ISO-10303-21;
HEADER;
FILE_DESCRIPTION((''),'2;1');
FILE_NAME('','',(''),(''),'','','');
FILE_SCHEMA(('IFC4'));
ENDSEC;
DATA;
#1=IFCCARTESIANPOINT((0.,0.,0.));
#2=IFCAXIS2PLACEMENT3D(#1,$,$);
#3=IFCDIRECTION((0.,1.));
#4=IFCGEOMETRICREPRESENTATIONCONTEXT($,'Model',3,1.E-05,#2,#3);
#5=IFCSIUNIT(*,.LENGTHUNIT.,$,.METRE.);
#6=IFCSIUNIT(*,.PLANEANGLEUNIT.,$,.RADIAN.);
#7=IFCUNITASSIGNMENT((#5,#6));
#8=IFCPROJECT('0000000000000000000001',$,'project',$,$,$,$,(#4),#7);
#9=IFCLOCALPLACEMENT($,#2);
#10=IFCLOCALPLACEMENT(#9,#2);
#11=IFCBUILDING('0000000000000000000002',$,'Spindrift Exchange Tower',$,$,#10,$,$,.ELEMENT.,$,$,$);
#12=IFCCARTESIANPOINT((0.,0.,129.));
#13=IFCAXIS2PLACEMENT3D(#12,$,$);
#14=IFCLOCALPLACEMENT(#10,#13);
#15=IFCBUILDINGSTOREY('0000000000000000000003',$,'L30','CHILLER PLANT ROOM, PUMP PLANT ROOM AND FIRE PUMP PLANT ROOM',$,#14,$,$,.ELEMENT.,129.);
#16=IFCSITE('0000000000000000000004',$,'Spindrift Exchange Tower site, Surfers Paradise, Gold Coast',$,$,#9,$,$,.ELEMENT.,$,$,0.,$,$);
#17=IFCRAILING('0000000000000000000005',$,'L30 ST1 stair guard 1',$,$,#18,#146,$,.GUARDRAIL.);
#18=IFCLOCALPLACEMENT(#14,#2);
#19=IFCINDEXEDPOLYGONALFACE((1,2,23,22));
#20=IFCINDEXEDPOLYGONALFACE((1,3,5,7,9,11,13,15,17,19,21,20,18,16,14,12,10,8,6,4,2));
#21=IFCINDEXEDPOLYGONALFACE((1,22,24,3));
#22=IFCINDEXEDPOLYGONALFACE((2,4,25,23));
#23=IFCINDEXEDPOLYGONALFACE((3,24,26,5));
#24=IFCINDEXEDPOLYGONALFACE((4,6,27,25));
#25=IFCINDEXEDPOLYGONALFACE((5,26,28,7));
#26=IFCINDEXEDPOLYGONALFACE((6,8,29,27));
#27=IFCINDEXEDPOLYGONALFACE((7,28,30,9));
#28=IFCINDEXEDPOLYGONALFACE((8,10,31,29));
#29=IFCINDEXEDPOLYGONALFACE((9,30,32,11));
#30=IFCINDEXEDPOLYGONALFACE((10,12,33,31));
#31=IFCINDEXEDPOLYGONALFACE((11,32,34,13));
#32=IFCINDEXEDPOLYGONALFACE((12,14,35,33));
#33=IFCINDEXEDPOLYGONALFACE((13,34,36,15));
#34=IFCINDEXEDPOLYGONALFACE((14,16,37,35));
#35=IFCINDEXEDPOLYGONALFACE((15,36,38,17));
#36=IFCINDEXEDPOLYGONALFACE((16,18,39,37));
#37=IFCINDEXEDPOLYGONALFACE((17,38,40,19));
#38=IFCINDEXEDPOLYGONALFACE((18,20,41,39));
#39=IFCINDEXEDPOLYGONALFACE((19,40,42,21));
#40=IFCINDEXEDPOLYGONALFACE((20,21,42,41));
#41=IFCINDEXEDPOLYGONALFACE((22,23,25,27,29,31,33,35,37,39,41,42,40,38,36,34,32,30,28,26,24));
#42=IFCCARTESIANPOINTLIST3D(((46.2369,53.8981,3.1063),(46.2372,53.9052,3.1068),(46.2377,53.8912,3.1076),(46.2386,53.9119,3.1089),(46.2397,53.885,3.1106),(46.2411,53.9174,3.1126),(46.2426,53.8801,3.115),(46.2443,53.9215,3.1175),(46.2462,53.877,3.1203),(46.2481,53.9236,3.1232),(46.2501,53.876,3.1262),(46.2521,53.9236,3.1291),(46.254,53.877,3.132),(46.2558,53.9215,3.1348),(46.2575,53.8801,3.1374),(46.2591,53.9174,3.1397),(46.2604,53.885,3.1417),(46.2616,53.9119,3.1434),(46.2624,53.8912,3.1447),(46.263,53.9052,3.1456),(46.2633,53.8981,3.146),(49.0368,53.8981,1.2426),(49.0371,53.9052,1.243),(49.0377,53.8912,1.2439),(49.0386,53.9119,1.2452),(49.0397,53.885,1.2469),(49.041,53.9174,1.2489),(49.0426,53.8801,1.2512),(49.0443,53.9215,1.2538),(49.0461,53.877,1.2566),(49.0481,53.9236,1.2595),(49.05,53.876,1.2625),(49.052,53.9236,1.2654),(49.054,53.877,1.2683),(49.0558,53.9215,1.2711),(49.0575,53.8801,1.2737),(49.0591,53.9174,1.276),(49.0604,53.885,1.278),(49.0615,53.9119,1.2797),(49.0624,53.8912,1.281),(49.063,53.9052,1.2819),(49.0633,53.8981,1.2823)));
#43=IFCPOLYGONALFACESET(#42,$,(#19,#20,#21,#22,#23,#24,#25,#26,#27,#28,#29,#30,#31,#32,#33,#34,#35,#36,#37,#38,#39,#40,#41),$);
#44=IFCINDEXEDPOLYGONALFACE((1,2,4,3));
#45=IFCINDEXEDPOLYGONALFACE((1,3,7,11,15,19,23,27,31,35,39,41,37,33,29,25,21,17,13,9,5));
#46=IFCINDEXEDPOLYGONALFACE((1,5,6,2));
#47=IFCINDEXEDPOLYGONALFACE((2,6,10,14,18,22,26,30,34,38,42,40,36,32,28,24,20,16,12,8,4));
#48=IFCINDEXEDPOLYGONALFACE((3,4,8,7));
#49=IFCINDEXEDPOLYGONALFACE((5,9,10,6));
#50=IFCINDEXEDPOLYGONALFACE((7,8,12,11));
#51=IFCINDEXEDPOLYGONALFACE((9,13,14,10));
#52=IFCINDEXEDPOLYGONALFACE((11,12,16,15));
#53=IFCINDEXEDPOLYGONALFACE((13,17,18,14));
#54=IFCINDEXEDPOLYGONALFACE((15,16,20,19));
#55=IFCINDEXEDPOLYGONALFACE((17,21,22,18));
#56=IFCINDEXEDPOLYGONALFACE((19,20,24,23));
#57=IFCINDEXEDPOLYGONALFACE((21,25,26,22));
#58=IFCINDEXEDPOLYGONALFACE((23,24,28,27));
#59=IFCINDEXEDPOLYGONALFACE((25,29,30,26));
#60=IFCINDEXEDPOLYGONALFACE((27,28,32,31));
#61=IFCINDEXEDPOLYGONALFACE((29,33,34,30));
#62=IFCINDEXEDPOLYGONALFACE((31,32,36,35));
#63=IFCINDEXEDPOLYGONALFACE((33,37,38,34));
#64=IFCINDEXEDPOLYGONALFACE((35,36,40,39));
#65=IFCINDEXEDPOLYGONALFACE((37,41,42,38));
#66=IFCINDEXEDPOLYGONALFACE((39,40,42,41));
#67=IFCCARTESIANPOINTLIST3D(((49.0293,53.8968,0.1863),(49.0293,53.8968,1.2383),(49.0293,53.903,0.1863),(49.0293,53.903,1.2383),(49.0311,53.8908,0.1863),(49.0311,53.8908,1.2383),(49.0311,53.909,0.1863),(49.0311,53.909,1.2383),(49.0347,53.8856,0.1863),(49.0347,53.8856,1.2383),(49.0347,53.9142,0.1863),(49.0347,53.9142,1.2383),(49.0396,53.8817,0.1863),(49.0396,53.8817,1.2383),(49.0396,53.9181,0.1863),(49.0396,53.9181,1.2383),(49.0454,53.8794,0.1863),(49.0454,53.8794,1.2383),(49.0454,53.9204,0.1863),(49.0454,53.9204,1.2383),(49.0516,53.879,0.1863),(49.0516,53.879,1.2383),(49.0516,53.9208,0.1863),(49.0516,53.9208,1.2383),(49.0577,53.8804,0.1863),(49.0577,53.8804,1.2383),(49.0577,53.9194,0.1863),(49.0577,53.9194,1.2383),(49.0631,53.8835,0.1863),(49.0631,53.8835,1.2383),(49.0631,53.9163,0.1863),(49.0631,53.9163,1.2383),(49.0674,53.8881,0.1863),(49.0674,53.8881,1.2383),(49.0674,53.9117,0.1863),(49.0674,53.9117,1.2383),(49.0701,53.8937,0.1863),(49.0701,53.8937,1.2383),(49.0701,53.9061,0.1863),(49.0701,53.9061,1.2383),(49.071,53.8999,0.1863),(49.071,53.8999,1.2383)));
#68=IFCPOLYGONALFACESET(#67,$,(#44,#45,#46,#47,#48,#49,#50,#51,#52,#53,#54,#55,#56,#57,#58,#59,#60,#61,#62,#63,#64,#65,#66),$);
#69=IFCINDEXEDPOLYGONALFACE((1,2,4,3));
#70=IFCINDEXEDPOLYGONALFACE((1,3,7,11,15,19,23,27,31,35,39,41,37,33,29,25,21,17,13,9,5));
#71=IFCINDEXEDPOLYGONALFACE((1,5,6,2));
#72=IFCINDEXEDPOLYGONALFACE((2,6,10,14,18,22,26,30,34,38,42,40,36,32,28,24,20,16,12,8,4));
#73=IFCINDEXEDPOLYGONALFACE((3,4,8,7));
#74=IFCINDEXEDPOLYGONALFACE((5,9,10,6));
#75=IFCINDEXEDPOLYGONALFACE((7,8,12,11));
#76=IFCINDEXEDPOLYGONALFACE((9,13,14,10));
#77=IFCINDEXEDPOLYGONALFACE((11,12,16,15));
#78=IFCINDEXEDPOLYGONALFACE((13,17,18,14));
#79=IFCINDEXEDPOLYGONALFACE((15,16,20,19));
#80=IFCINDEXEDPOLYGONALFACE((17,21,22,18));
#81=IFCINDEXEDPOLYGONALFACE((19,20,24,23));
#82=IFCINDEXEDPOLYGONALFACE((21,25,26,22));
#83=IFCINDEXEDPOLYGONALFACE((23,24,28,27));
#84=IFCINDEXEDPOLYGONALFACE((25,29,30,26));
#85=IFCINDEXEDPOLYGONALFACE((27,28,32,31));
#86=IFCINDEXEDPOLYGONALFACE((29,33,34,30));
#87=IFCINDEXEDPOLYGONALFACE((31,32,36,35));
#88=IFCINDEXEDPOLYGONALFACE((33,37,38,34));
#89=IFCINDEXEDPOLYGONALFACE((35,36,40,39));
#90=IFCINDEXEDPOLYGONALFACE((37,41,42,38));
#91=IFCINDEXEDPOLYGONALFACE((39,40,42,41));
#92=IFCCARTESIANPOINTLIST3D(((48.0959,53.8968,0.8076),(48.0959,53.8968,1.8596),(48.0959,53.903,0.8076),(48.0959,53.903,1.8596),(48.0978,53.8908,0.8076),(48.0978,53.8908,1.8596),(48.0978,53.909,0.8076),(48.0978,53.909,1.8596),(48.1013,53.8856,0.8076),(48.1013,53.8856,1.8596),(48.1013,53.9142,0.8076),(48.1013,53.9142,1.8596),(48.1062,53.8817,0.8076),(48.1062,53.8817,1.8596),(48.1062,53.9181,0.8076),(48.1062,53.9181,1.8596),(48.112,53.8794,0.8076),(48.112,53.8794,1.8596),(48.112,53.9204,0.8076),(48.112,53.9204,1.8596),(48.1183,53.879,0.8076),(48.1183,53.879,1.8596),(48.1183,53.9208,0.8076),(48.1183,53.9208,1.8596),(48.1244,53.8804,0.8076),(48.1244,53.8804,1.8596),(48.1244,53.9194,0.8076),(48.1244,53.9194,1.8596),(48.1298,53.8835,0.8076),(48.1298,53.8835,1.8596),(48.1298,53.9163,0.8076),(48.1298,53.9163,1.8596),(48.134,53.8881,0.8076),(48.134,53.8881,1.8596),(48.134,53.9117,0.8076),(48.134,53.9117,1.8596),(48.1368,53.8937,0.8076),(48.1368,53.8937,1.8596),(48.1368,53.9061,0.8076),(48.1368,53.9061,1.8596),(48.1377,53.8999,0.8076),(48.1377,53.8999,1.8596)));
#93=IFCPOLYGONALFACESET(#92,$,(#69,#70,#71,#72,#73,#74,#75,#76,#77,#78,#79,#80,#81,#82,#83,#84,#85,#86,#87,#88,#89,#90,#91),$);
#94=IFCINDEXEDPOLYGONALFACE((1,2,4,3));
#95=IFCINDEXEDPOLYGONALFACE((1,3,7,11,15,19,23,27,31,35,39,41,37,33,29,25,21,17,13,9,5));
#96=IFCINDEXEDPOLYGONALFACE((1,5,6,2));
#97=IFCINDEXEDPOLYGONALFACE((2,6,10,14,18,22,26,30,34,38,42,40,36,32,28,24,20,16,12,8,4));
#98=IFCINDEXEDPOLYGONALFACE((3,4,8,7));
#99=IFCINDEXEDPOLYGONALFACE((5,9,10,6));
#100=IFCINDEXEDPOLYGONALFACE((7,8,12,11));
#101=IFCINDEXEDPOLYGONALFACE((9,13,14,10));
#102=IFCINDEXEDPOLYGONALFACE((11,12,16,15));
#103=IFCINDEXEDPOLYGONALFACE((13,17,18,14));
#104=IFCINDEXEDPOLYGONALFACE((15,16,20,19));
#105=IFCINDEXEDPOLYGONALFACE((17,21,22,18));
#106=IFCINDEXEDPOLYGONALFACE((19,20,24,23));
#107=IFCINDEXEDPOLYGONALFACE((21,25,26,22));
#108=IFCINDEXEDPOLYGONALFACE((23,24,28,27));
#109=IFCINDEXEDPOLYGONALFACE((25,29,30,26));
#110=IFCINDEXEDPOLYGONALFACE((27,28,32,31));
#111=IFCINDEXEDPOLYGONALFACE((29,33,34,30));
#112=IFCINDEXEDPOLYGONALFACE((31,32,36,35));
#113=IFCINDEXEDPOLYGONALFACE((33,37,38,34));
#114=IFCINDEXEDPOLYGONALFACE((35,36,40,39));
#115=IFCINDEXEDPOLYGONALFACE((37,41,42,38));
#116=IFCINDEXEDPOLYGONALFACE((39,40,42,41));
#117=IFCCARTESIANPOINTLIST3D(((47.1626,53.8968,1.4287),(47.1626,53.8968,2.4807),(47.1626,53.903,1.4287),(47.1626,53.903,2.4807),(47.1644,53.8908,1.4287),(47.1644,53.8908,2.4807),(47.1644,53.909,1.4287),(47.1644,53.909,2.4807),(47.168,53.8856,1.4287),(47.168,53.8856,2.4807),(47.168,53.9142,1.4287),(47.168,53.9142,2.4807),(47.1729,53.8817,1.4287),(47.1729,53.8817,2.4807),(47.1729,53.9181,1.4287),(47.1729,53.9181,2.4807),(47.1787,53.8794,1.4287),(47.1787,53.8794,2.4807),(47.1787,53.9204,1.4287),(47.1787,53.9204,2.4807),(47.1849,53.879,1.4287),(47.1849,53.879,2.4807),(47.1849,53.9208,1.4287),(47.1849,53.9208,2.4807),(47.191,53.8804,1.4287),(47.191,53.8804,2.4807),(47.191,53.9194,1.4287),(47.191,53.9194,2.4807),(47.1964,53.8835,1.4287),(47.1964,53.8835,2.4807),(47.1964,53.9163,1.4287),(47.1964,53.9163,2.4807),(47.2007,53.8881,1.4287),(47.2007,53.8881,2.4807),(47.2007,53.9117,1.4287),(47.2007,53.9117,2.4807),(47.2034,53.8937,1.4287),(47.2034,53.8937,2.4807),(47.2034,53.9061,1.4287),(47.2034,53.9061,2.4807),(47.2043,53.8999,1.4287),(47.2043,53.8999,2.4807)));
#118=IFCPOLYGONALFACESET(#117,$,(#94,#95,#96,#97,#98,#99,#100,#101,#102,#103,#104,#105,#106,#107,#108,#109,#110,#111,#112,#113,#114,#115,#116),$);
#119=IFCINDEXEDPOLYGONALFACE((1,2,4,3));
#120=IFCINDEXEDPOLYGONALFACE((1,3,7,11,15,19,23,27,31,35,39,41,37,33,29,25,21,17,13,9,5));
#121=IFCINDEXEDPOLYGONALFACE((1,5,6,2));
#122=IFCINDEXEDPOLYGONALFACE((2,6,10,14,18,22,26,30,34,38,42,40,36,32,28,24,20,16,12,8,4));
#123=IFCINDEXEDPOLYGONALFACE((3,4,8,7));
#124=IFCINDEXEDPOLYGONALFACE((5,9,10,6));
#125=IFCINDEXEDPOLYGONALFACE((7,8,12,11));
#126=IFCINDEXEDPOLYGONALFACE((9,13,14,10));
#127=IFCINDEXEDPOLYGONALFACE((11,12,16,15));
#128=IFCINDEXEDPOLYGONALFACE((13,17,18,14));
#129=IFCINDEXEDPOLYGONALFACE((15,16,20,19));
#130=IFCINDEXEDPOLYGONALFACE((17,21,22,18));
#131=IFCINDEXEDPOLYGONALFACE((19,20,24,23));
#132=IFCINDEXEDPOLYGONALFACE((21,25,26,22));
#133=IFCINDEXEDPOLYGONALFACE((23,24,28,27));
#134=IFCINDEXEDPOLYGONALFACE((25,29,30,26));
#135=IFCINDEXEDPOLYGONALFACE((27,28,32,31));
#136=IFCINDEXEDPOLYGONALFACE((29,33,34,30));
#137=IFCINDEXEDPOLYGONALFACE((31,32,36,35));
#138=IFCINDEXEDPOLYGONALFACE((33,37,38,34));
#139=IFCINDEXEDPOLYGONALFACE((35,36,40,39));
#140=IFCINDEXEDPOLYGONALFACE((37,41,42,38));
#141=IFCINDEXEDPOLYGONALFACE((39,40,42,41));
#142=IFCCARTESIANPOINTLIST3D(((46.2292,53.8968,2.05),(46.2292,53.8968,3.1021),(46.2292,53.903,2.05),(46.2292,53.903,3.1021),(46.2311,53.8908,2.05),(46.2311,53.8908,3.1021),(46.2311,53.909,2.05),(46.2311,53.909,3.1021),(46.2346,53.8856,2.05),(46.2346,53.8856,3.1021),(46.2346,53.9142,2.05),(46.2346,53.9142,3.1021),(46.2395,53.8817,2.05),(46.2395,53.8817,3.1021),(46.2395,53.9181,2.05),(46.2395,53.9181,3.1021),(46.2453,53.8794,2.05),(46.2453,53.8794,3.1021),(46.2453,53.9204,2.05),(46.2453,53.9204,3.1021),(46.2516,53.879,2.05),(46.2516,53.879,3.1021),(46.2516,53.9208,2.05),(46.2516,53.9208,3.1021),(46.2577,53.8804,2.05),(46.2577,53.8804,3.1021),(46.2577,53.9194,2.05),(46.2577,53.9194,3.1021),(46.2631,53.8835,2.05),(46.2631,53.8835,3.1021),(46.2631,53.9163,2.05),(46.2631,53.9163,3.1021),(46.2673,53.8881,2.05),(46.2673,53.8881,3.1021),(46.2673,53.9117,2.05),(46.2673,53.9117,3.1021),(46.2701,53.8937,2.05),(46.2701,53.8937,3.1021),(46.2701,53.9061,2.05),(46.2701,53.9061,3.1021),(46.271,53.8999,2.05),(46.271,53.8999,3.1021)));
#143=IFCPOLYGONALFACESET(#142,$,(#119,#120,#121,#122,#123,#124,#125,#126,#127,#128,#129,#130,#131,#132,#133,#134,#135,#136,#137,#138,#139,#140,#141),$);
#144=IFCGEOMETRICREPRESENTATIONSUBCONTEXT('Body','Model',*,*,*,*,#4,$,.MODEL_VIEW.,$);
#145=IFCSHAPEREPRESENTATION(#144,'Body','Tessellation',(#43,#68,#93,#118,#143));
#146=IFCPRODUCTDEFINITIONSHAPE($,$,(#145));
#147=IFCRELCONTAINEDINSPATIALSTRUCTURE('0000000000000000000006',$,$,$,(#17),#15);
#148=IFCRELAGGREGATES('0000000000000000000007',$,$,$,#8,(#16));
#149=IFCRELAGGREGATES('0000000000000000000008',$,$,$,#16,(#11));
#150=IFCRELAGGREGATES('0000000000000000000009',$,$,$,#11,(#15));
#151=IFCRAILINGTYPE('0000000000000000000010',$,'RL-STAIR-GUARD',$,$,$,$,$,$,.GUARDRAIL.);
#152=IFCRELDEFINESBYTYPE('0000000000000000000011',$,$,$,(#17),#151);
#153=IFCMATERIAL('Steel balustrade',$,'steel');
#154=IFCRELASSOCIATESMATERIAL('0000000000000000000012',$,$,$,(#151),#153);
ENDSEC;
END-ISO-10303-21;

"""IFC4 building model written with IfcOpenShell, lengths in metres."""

from ifc_helpers import new_model, si_unit, direction, frame, origin, origin_2d, place, context, subcontext, project, spatial, circle, extrude, material, type_object, element, save


model = new_model("IFC4")

# Units and contexts
model_context = context("Model", 3, precision=1e-05, world=origin(), true_north=direction((0.0, 1.0)))
body_context = subcontext(model_context, "Body", "Model", "MODEL_VIEW")
ifc_project = project(units=[si_unit("LENGTHUNIT", "METRE"), si_unit("PLANEANGLEUNIT", "RADIAN")], contexts=[model_context])

# Site, building, storey
site_placement = place(None, origin())
site = spatial("IfcSite", under=ifc_project, at=site_placement, Name="Spindrift Exchange Tower site, Surfers Paradise, Gold Coast", CompositionType="ELEMENT", RefElevation=0.0)
building_placement = place(site_placement, origin())
building = spatial("IfcBuilding", under=site, at=building_placement, Name="Spindrift Exchange Tower", CompositionType="ELEMENT")
storey_placement = place(building_placement, frame((0.0, 0.0, 129.0)))
storey = spatial("IfcBuildingStorey", under=building, at=storey_placement, Name="L30", Description="CHILLER PLANT ROOM, PUMP PLANT ROOM AND FIRE PUMP PLANT ROOM", CompositionType="ELEMENT", Elevation=129.0)

# Railing
ifc_material_1 = material(Name="Steel balustrade", Category="steel")
railing_type_1 = type_object("IfcRailingType", Name="RL-STAIR-GUARD", PredefinedType="GUARDRAIL", material=ifc_material_1)
railing_1_placement = place(storey_placement, frame((49.05, 53.8999, 0.1863)))
element("IfcRailing", 1, at=railing_1_placement, inside=storey, type_object=railing_type_1, Name="L30 ST1 stair guard 1", PredefinedType="GUARDRAIL", context=body_context, shape_type="SweptSolid", body=[
    extrude(circle(Radius=0.0239, at=origin_2d()), frame((0.0, 0.0, 1.0762), z_axis=(-0.832452, 0.0, 0.554097), x_axis=(0.0, -1.0, 0.0)), (0.0, 0.0, 1.0), 3.3635),
    extrude(circle(Radius=0.021, at=origin_2d()), origin(), (0.0, 0.0, 1.0), 1.052),
    extrude(circle(Radius=0.021, at=origin_2d()), frame((-0.9333, 0.0, 0.6213)), (0.0, 0.0, 1.0), 1.052),
    extrude(circle(Radius=0.021, at=origin_2d()), frame((-1.8667, 0.0, 1.2424)), (0.0, 0.0, 1.0), 1.052),
    extrude(circle(Radius=0.021, at=origin_2d()), frame((-2.8, 0.0, 1.8638)), (0.0, 0.0, 1.0), 1.052),
])

save(model, "model.ifc")
